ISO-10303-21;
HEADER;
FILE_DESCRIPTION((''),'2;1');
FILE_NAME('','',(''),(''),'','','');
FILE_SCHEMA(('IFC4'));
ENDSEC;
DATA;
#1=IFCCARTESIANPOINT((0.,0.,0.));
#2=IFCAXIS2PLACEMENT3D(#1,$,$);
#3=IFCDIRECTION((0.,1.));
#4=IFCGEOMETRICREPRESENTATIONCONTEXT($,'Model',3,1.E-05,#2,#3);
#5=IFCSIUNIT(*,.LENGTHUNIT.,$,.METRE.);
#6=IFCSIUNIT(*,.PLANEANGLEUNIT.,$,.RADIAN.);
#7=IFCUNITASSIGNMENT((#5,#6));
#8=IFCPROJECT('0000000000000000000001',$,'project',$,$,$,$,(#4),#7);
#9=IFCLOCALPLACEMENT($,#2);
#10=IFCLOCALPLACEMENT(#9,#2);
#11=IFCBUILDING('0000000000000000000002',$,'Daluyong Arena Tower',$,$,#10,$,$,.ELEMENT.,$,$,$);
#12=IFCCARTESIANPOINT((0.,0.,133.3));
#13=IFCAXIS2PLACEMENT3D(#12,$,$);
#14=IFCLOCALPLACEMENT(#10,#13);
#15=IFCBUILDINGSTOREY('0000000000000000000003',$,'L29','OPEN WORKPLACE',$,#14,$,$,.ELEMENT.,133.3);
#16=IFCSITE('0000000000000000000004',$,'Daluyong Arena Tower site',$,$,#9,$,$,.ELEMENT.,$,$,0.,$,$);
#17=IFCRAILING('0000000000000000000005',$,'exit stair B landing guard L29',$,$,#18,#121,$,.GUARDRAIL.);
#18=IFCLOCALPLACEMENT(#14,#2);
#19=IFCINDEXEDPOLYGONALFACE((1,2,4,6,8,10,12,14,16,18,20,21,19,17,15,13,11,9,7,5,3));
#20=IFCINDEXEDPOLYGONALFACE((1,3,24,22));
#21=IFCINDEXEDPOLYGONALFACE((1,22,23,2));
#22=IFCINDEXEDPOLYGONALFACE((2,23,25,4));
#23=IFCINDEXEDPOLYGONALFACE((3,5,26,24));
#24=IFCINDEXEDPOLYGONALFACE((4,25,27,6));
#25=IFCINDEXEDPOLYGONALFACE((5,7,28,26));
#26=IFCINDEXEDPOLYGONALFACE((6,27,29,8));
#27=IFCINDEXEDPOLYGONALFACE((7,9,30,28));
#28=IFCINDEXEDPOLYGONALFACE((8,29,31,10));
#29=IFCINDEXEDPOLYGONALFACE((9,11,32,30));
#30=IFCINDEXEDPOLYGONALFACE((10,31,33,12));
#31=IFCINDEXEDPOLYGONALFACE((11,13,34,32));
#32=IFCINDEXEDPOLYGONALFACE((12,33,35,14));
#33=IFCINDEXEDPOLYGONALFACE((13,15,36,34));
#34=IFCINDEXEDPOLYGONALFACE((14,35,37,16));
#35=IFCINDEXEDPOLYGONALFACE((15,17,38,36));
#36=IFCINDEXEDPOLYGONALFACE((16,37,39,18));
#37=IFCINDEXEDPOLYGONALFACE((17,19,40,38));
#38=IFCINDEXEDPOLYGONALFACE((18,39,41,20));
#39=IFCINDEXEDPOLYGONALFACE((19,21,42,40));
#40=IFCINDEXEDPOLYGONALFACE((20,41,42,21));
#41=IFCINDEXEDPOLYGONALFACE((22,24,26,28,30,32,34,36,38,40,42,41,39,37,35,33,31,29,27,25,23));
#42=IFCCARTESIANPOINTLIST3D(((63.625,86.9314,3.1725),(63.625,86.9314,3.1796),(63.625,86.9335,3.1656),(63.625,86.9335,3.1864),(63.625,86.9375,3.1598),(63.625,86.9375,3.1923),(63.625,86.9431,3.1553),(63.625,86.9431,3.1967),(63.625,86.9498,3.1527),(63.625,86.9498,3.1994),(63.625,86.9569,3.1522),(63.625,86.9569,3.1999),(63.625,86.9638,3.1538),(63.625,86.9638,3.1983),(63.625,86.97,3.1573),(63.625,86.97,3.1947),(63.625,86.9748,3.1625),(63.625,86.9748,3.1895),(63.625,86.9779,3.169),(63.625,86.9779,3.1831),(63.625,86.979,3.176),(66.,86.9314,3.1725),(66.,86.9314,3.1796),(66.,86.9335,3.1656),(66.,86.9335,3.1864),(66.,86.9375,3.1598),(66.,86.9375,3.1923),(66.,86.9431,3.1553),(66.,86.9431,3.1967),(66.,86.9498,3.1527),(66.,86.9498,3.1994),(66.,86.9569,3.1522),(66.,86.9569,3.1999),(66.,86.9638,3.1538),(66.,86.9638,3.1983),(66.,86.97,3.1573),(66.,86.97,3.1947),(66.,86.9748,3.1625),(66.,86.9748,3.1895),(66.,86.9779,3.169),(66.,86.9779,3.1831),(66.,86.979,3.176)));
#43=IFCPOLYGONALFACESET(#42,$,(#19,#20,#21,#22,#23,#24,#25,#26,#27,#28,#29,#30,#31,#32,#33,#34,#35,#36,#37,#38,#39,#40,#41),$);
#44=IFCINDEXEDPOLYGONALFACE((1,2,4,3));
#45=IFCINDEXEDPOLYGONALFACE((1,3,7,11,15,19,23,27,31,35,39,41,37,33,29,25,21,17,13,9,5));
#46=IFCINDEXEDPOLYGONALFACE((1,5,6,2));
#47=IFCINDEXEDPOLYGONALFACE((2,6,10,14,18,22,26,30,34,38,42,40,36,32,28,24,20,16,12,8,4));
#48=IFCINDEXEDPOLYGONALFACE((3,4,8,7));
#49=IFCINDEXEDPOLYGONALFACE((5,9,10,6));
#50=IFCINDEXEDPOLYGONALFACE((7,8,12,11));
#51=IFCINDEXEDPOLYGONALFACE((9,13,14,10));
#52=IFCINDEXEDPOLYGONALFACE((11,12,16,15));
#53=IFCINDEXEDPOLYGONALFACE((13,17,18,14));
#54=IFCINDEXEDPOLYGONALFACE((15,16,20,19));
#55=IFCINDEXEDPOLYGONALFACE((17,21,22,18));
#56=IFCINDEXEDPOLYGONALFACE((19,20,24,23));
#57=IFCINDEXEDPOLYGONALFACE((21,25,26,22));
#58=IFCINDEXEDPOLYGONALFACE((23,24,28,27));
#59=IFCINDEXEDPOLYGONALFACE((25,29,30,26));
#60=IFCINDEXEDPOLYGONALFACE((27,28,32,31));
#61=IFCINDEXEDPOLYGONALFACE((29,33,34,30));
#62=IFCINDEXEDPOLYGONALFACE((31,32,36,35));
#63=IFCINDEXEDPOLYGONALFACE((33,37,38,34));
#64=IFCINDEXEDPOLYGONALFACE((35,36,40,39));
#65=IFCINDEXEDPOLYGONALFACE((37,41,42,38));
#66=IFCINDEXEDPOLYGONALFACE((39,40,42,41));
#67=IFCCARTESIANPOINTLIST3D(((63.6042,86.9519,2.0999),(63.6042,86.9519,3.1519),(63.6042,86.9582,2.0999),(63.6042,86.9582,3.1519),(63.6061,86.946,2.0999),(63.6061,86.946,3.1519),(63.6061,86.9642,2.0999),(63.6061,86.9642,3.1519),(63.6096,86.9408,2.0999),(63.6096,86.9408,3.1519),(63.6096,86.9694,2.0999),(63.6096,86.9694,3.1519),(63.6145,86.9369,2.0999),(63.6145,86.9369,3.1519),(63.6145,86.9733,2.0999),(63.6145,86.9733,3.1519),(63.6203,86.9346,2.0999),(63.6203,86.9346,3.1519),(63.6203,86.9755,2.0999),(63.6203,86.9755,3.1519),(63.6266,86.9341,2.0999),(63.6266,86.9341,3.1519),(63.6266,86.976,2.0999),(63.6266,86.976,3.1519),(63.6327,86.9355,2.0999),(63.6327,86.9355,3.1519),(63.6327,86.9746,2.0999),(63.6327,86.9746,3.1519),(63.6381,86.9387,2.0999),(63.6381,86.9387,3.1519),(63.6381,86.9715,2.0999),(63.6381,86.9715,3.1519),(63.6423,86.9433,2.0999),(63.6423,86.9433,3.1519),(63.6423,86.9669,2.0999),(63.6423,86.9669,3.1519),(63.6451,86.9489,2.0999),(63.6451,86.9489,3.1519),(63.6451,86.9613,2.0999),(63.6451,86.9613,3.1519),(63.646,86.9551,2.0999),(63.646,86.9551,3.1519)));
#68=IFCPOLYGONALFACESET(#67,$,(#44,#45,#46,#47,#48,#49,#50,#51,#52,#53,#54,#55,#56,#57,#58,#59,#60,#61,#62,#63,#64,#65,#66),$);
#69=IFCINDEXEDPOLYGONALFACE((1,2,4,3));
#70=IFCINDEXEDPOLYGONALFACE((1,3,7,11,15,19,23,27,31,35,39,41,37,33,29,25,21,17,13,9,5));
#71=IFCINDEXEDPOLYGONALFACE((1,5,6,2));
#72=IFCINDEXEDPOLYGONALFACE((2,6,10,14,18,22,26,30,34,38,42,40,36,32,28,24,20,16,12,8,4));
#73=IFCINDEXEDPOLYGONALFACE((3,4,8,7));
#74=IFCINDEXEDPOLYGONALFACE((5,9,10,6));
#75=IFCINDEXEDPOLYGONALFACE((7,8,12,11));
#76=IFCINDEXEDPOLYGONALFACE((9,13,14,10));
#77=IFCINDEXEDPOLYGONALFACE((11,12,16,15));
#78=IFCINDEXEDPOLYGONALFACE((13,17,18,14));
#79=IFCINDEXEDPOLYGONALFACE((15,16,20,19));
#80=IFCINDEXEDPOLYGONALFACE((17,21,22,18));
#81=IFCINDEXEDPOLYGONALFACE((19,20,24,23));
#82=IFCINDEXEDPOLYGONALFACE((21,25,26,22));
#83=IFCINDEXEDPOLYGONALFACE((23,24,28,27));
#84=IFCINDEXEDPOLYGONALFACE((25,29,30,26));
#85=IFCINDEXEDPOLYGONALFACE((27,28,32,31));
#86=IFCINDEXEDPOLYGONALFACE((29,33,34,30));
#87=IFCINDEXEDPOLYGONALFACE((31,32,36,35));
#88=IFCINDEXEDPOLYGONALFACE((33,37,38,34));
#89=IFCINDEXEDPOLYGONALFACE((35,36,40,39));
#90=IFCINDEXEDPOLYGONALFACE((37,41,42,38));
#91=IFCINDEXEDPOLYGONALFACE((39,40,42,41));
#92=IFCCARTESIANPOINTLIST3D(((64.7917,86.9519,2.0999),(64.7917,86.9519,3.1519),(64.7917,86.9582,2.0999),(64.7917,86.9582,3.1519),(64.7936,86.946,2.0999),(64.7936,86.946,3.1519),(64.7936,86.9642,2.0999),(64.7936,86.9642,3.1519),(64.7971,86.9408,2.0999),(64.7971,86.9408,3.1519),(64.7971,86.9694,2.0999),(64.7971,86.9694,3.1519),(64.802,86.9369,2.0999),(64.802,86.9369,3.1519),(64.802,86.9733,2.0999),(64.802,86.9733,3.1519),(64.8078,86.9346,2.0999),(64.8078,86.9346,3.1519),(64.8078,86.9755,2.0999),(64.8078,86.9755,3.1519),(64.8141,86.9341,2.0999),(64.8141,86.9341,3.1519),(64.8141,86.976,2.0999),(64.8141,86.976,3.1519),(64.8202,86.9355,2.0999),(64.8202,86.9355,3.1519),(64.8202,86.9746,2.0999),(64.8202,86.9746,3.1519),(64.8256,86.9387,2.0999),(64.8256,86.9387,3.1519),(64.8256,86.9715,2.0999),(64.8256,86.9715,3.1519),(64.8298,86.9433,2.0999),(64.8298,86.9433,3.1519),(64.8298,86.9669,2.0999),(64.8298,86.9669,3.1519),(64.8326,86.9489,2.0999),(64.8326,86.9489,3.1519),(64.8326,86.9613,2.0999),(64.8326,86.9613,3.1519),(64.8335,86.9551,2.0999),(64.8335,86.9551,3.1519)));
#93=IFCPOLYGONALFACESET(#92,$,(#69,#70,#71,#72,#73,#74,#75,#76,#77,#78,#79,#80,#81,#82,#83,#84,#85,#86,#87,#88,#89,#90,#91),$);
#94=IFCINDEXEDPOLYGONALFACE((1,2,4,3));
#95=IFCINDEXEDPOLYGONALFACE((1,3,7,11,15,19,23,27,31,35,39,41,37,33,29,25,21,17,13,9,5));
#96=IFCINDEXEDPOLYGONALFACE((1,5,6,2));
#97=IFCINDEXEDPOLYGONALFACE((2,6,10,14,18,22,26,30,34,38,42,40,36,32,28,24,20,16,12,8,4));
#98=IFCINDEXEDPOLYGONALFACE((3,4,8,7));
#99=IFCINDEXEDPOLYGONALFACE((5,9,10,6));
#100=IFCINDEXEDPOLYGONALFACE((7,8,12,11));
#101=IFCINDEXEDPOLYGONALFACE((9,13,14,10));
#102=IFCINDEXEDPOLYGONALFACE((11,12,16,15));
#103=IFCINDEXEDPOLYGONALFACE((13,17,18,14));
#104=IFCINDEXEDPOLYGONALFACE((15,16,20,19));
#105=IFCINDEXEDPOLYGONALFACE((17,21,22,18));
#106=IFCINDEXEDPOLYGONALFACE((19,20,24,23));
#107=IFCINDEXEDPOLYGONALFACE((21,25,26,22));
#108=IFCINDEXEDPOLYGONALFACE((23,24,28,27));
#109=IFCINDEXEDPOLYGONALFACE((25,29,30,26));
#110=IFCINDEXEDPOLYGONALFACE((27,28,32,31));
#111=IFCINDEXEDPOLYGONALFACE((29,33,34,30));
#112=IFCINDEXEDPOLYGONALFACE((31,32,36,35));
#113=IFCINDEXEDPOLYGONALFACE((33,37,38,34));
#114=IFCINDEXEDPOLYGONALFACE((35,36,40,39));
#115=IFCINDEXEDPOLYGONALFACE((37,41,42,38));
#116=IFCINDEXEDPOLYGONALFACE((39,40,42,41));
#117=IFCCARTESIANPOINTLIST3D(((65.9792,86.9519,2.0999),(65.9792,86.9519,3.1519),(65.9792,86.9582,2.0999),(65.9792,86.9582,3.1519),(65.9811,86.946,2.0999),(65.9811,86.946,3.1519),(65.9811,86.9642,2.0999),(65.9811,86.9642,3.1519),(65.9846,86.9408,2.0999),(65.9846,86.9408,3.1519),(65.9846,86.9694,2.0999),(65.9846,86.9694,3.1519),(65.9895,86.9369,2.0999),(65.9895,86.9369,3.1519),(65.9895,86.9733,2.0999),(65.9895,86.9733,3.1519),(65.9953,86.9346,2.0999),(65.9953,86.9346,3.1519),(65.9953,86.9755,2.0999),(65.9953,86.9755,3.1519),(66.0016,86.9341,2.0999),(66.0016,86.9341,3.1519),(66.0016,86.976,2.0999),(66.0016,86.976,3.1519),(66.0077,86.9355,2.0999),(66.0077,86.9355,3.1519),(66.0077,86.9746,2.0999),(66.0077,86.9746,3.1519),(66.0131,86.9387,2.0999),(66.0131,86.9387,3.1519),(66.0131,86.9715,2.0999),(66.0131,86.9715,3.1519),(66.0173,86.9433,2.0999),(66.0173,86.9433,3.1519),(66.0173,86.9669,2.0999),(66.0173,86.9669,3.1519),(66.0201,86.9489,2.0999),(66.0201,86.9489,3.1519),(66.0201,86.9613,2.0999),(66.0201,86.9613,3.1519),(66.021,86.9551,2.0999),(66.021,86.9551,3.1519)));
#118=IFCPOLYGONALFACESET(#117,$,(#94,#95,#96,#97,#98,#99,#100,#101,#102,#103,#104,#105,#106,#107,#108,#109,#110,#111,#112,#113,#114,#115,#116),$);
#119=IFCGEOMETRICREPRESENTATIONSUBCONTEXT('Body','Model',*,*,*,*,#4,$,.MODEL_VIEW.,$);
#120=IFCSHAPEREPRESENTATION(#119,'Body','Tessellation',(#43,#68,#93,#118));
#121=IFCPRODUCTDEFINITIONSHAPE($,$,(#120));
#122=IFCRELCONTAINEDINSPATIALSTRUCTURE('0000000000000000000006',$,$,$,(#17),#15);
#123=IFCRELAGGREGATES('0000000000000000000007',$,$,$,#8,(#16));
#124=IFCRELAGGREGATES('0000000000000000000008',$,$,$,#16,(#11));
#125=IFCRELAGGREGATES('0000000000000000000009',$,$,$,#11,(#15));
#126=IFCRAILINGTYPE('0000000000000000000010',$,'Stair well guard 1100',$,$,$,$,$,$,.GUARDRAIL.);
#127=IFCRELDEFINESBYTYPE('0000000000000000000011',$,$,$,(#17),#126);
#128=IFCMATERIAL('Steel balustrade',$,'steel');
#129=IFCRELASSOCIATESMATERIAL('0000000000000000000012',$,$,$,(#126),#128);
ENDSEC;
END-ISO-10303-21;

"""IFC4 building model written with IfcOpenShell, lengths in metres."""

from ifc_helpers import new_model, si_unit, direction, frame, origin, origin_2d, place, context, subcontext, project, spatial, circle, extrude, material, type_object, element, save


model = new_model("IFC4")

# Units and contexts
model_context = context("Model", 3, precision=1e-05, world=origin(), true_north=direction((0.0, 1.0)))
body_context = subcontext(model_context, "Body", "Model", "MODEL_VIEW")
ifc_project = project(units=[si_unit("LENGTHUNIT", "METRE"), si_unit("PLANEANGLEUNIT", "RADIAN")], contexts=[model_context])

# Site, building, storey
site_placement = place(None, origin())
site = spatial("IfcSite", under=ifc_project, at=site_placement, Name="Daluyong Arena Tower site", CompositionType="ELEMENT", RefElevation=0.0)
building_placement = place(site_placement, origin())
building = spatial("IfcBuilding", under=site, at=building_placement, Name="Daluyong Arena Tower", CompositionType="ELEMENT")
storey_placement = place(building_placement, frame((0.0, 0.0, 133.3)))
storey = spatial("IfcBuildingStorey", under=building, at=storey_placement, Name="L29", Description="OPEN WORKPLACE", CompositionType="ELEMENT", Elevation=133.3)

# Railing
ifc_material_1 = material(Name="Steel balustrade", Category="steel")
railing_type_1 = type_object("IfcRailingType", Name="Stair well guard 1100", PredefinedType="GUARDRAIL", material=ifc_material_1)
railing_1_placement = place(storey_placement, frame((63.625, 86.9551, 2.0999)))
element("IfcRailing", 1, at=railing_1_placement, inside=storey, type_object=railing_type_1, Name="exit stair B landing guard L29", PredefinedType="GUARDRAIL", context=body_context, shape_type="SweptSolid", body=[
    extrude(circle(Radius=0.0239, at=origin_2d()), frame((0.0, 0.0, 1.0762), z_axis=(1.0, 0.0, 0.0), x_axis=(0.0, 1.0, 0.0)), (0.0, 0.0, 1.0), 2.375),
    extrude(circle(Radius=0.021, at=origin_2d()), origin(), (0.0, 0.0, 1.0), 1.052),
    extrude(circle(Radius=0.021, at=origin_2d()), frame((1.1875, 0.0, 0.0)), (0.0, 0.0, 1.0), 1.052),
    extrude(circle(Radius=0.021, at=origin_2d()), frame((2.375, 0.0, 0.0)), (0.0, 0.0, 1.0), 1.052),
])

save(model, "model.ifc")
